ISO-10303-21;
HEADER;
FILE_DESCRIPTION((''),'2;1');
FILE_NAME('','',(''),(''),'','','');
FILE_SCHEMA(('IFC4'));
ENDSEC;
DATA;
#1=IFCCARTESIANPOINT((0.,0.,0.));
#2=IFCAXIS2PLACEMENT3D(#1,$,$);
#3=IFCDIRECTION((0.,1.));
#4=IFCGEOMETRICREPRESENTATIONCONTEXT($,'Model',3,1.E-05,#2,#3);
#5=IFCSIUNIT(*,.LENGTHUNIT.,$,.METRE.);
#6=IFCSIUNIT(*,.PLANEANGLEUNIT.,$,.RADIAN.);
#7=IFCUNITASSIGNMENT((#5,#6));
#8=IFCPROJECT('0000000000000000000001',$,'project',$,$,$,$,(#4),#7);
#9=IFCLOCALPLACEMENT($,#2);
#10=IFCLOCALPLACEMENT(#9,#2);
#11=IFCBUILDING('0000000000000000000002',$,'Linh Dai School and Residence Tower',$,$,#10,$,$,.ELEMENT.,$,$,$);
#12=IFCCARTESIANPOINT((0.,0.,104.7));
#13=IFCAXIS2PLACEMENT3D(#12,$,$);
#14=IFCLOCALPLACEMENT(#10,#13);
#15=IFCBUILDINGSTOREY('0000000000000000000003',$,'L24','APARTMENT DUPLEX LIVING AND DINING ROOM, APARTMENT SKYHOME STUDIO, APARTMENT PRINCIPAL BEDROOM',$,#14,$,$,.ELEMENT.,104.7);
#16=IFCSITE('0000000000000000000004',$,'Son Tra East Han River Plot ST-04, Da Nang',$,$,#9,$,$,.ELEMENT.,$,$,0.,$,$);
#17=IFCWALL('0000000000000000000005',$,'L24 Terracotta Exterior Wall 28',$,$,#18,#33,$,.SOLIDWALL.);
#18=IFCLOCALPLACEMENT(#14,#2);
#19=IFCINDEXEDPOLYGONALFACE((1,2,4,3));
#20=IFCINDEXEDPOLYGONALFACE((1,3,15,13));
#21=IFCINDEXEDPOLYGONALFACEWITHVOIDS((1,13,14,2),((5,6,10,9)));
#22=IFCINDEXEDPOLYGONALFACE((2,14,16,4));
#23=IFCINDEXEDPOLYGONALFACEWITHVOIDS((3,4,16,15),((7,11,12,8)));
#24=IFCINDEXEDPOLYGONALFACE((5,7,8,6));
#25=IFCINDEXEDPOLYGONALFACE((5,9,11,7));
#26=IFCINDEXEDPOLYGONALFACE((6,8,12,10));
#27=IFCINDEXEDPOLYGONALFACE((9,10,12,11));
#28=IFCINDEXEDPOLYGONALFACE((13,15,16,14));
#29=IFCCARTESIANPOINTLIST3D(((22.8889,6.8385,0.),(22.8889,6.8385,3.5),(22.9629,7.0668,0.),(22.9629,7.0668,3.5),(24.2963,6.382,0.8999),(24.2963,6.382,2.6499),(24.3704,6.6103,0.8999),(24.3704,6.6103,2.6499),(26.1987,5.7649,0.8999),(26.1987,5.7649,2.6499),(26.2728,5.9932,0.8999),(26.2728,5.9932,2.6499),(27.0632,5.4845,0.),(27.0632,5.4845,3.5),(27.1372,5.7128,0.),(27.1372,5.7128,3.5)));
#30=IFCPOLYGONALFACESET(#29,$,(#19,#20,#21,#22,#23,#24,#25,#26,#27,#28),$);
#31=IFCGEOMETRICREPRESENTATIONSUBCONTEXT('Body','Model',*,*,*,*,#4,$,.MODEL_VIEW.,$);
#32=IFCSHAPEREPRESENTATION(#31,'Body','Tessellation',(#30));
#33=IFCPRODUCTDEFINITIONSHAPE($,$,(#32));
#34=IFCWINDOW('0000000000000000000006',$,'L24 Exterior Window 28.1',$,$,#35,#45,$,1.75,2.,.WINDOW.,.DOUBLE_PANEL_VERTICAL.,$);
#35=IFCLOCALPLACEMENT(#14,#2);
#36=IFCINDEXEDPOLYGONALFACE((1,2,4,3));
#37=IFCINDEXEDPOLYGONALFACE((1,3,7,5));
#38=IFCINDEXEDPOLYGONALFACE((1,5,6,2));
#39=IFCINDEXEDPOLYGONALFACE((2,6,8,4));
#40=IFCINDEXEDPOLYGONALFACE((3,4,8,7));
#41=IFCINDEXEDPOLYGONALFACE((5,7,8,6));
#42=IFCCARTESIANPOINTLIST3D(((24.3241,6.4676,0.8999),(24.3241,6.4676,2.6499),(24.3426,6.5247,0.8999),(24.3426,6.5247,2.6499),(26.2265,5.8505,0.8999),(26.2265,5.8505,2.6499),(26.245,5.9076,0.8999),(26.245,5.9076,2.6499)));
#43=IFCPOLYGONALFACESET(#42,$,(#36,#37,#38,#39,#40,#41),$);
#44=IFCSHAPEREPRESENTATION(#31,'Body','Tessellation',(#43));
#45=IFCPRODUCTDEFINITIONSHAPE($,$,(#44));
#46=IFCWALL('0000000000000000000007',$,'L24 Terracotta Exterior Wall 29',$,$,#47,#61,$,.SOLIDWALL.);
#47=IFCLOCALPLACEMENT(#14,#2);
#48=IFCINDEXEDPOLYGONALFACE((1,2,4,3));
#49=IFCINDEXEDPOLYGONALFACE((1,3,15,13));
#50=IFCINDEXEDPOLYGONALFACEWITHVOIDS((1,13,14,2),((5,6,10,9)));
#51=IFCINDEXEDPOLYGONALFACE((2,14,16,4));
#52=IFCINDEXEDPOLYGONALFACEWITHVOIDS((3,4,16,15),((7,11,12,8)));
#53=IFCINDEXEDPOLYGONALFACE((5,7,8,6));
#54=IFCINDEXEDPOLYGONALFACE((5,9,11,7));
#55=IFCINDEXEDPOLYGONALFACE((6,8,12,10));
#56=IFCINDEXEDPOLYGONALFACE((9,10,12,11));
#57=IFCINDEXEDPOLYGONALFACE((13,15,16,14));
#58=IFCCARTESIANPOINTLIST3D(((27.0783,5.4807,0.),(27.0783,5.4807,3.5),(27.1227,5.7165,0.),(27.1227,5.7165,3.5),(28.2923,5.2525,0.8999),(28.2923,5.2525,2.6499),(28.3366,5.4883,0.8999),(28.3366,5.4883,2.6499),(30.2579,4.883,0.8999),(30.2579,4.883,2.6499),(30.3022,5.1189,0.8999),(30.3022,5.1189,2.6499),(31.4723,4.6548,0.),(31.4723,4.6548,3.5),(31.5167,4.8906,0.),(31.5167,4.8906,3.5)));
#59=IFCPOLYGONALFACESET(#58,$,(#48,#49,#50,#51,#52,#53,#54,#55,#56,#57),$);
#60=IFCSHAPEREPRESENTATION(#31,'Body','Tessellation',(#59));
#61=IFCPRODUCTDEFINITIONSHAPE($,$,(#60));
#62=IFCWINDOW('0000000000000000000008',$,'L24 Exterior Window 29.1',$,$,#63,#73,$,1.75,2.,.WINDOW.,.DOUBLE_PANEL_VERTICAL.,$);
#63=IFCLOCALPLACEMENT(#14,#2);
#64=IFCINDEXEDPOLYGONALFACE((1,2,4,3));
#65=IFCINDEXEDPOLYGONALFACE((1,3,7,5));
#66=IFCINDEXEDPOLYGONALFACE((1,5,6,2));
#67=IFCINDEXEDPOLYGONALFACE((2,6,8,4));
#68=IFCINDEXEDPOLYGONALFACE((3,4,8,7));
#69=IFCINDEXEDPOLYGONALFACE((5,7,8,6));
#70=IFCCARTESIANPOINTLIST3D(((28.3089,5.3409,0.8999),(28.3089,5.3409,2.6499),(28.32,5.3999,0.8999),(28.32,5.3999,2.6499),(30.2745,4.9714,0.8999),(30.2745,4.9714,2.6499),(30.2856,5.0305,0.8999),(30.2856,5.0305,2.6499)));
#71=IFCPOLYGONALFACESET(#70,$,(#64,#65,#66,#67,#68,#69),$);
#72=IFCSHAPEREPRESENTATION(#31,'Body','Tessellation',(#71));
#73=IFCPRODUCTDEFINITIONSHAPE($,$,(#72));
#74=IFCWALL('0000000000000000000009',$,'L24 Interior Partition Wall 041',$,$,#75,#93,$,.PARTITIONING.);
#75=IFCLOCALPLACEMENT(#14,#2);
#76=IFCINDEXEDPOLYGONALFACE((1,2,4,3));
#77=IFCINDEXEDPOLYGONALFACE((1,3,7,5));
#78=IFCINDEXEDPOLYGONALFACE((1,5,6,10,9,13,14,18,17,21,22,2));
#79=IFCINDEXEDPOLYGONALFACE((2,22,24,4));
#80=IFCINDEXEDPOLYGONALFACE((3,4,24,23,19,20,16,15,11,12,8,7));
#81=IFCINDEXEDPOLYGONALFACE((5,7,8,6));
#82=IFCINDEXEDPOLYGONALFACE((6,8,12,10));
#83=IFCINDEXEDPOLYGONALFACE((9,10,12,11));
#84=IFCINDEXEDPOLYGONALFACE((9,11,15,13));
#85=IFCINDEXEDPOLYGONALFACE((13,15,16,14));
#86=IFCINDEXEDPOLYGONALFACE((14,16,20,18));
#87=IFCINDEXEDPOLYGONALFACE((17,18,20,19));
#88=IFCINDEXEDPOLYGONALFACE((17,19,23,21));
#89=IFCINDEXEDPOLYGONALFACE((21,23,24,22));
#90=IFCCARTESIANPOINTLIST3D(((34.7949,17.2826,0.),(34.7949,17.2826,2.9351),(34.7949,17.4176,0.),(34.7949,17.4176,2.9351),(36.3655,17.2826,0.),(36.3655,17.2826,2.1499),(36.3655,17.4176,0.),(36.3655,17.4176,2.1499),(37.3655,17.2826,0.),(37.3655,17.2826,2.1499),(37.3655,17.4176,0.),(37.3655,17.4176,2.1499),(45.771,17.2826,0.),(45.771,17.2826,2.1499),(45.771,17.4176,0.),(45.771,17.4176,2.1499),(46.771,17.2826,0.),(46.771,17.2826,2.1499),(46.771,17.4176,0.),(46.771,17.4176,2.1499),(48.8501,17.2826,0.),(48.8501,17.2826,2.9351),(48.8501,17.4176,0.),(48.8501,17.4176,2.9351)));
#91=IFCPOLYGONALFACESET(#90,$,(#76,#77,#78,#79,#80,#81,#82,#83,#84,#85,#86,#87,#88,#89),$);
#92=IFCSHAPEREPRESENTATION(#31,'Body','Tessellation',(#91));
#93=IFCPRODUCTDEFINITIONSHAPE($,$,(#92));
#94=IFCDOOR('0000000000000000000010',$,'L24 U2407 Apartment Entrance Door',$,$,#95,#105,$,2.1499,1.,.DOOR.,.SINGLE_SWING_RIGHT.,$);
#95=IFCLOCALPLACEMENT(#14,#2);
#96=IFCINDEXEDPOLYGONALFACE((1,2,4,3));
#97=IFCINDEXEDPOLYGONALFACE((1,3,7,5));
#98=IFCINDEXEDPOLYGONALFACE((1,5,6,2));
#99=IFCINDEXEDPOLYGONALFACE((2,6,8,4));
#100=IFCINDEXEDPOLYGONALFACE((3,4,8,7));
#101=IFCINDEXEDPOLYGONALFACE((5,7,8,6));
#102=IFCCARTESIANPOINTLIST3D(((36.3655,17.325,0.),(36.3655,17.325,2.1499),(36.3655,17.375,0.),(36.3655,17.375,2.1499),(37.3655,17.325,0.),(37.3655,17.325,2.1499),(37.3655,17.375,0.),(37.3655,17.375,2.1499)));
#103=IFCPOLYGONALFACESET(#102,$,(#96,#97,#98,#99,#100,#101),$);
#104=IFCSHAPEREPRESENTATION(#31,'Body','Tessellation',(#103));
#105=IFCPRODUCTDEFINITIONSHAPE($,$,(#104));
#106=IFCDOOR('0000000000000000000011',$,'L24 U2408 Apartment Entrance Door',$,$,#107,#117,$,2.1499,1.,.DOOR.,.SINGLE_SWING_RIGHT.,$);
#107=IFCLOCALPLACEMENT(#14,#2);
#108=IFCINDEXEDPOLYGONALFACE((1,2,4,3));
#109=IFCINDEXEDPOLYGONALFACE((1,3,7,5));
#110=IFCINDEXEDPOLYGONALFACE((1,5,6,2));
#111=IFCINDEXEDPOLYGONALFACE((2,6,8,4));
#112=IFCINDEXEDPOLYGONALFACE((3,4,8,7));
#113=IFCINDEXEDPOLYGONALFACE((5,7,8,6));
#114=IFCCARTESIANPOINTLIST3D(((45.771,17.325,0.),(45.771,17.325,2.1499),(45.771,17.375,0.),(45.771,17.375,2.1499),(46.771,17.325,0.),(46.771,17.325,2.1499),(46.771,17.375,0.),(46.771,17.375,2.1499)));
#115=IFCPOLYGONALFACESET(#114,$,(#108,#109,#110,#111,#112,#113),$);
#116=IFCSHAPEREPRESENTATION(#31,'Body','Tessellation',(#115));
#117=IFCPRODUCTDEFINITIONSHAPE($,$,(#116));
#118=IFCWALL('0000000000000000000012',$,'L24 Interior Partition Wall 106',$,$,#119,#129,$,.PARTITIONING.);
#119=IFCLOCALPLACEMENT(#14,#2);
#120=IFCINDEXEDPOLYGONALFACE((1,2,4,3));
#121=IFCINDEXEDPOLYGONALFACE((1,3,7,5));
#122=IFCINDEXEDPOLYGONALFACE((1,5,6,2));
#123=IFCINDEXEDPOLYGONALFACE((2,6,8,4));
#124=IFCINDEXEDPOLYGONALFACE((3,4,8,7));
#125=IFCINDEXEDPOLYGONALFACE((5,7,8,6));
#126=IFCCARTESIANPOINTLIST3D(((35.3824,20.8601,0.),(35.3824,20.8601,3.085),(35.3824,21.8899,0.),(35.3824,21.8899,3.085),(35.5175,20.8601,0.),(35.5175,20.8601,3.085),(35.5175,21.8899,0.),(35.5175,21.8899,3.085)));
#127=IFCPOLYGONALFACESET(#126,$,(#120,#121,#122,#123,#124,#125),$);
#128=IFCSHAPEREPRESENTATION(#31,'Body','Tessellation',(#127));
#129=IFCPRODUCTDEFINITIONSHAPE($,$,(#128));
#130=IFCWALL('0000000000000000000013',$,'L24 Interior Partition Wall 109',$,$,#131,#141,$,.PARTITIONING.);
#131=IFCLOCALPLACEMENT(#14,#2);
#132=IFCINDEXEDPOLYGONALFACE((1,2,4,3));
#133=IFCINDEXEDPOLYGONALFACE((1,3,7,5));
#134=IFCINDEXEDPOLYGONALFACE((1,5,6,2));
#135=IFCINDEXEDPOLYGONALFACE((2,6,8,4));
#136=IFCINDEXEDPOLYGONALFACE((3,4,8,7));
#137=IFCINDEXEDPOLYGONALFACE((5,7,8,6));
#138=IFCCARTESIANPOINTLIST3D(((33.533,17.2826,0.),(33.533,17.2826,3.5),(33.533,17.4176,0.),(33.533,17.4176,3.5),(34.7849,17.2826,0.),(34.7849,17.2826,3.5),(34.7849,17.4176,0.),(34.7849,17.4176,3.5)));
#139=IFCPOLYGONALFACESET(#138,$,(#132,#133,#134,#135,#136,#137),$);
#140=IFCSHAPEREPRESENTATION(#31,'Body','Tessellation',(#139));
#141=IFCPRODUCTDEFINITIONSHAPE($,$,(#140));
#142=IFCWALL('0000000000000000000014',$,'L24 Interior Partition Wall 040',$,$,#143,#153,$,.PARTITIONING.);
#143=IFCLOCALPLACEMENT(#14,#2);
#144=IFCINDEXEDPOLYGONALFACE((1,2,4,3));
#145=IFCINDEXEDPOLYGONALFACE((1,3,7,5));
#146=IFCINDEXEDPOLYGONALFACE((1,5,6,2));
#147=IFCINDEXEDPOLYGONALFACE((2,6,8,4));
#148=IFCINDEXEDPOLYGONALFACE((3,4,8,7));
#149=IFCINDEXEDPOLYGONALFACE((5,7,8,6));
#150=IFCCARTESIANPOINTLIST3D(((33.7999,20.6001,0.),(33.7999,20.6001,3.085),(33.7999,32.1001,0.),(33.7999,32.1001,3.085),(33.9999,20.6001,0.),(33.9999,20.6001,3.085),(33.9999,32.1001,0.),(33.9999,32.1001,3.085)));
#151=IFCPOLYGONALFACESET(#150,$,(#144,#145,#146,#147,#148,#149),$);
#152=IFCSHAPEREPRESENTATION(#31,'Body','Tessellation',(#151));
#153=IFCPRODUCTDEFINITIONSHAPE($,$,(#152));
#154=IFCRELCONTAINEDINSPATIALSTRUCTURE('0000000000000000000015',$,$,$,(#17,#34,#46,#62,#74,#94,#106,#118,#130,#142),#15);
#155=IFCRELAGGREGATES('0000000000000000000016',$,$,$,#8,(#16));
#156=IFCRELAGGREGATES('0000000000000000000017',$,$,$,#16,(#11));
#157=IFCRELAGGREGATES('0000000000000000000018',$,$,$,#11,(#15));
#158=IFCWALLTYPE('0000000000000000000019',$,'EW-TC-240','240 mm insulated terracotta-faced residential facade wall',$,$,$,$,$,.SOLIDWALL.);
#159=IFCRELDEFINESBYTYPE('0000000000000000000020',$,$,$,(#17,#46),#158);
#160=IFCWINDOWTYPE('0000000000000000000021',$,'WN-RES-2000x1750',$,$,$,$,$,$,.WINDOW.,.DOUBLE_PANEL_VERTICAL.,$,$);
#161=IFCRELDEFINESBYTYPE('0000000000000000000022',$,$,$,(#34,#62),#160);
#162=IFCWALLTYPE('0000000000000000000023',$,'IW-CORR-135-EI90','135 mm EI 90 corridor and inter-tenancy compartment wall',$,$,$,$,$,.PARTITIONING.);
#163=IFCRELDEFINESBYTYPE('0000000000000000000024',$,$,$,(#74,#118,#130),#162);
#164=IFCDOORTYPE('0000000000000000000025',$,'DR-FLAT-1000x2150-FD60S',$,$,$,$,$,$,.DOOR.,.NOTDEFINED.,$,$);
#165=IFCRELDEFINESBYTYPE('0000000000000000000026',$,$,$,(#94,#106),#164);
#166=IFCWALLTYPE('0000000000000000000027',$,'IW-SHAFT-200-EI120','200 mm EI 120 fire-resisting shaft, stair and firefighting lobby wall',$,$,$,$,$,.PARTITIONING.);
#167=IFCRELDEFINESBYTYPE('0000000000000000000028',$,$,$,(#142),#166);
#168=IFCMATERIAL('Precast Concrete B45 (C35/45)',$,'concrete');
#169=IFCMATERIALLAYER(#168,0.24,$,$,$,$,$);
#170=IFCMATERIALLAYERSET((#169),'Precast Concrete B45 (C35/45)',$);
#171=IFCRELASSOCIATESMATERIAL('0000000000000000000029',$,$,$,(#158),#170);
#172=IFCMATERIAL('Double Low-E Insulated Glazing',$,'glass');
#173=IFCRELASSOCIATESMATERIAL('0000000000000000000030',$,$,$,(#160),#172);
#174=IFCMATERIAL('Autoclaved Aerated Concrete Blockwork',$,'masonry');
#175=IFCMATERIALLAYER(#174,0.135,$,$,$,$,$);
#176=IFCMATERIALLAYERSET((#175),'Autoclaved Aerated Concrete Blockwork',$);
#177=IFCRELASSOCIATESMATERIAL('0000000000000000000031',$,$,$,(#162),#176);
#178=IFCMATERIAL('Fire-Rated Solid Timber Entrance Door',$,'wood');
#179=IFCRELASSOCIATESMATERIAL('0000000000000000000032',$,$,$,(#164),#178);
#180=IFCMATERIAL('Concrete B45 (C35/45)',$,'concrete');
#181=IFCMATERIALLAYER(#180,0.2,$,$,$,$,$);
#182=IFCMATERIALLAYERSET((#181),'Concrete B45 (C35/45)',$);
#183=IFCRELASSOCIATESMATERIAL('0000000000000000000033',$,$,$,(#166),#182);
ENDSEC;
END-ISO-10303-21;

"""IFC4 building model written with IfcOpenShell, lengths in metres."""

from ifc_helpers import new_model, si_unit, direction, frame, frame_2d, origin, origin_2d, place, context, subcontext, project, spatial, rectangle, extrude, source, transform, mapped, material, layer, layer_set, type_object, element, fill, save


model = new_model("IFC4")

# Units and contexts
model_context = context("Model", 3, precision=1e-05, world=origin(), true_north=direction((0.0, 1.0)))
body_context = subcontext(model_context, "Body", "Model", "MODEL_VIEW")
ifc_project = project(units=[si_unit("LENGTHUNIT", "METRE"), si_unit("PLANEANGLEUNIT", "RADIAN")], contexts=[model_context])

# Site, building, storey
site_placement = place(None, origin())
site = spatial("IfcSite", under=ifc_project, at=site_placement, Name="Son Tra East Han River Plot ST-04, Da Nang", CompositionType="ELEMENT", RefElevation=0.0)
building_placement = place(site_placement, origin())
building = spatial("IfcBuilding", under=site, at=building_placement, Name="Linh Dai School and Residence Tower", CompositionType="ELEMENT")
storey_placement = place(building_placement, frame((0.0, 0.0, 104.7)))
storey = spatial("IfcBuildingStorey", under=building, at=storey_placement, Name="L24", Description="APARTMENT DUPLEX LIVING AND DINING ROOM, APARTMENT SKYHOME STUDIO, APARTMENT PRINCIPAL BEDROOM", CompositionType="ELEMENT", Elevation=104.7)

# Shared definitions
ifc_material_1 = material(Name="Precast Concrete B45 (C35/45)", Category="concrete")

# Walls, openings, windows
ifc_layer_1 = layer(ifc_material_1, 0.24)
ifc_layer_set_1 = layer_set([ifc_layer_1], Name="Precast Concrete B45 (C35/45)")
wall_type_1 = type_object("IfcWallType", Name="EW-TC-240", Description="240 mm insulated terracotta-faced residential facade wall", PredefinedType="SOLIDWALL", material=ifc_layer_set_1)
wall_1_placement = place(storey_placement, frame((27.1003, 5.5986, 0.0), z_axis=(0.0, 0.0, 1.0), x_axis=(-0.951211, 0.30854, 0.0)))
wall_1 = element("IfcWall", 1, at=wall_1_placement, inside=storey, type_object=wall_type_1, Name="L24 Terracotta Exterior Wall 28", PredefinedType="SOLIDWALL", context=body_context, shape_type="SweptSolid", body=[
    extrude(rectangle(XDim=4.3884, YDim=0.24, at=frame_2d((2.1943, 0.0))), origin(), (0.0, 0.0, 1.0), 3.5),
])
opening_1_placement = place(wall_1_placement, frame((0.9089, 0.0, 0.8999)))
opening_1 = element("IfcOpeningElement", 2, at=opening_1_placement, cuts=wall_1, PredefinedType="OPENING", context=body_context, shape_type="SweptSolid", body=[
    extrude(rectangle(XDim=2.0, YDim=1.75, at=origin_2d()), frame((1.0, 0.1299, 0.875), z_axis=(0.0, -1.0, 0.0), x_axis=(1.0, 0.0, 0.0)), (0.0, 0.0, 1.0), 0.26),
])
ifc_material_2 = material(Name="Double Low-E Insulated Glazing", Category="glass")
window_type = type_object("IfcWindowType", Name="WN-RES-2000x1750", PartitioningType="DOUBLE_PANEL_VERTICAL", PredefinedType="WINDOW", material=ifc_material_2)
shared_shape_1 = source(origin(), body_context, "Body", "SweptSolid", [
    extrude(rectangle(XDim=2.0, YDim=1.75, at=origin_2d()), frame((1.0, 0.03, 0.875), z_axis=(0.0, -1.0, 0.0), x_axis=(1.0, 0.0, 0.0)), (0.0, 0.0, 1.0), 0.0601),
])
window_1_placement = place(opening_1_placement, origin())
window_1 = element("IfcWindow", 3, at=window_1_placement, inside=storey, type_object=window_type, Name="L24 Exterior Window 28.1", OverallHeight=1.75, OverallWidth=2.0, PartitioningType="DOUBLE_PANEL_VERTICAL", PredefinedType="WINDOW", context=body_context, shape_type="MappedRepresentation", body=[
    mapped(shared_shape_1, transform((0.0, 0.0, 0.0), x_axis=(1.0, 0.0, 0.0), y_axis=(0.0, 1.0, 0.0), z_axis=(0.0, 0.0, 1.0), scale=1.0)),
])
fill(opening_1, window_1)
wall_2_placement = place(storey_placement, frame((31.4944, 4.7727, 0.0), z_axis=(0.0, 0.0, 1.0), x_axis=(-0.982789, 0.18473, 0.0)))
wall_2 = element("IfcWall", 4, at=wall_2_placement, inside=storey, type_object=wall_type_1, Name="L24 Terracotta Exterior Wall 29", PredefinedType="SOLIDWALL", context=body_context, shape_type="SweptSolid", body=[
    extrude(rectangle(XDim=4.4709, YDim=0.24, at=frame_2d((2.2354, 0.0))), origin(), (0.0, 0.0, 1.0), 3.5),
])
opening_2_placement = place(wall_2_placement, frame((1.2356, 0.0, 0.8999)))
opening_2 = element("IfcOpeningElement", 5, at=opening_2_placement, cuts=wall_2, PredefinedType="OPENING", context=body_context, shape_type="SweptSolid", body=[
    extrude(rectangle(XDim=2.0, YDim=1.75, at=origin_2d()), frame((1.0, 0.1299, 0.875), z_axis=(0.0, -1.0, 0.0), x_axis=(1.0, 0.0, 0.0)), (0.0, 0.0, 1.0), 0.26),
])
window_2_placement = place(opening_2_placement, origin())
window_2 = element("IfcWindow", 6, at=window_2_placement, inside=storey, type_object=window_type, Name="L24 Exterior Window 29.1", OverallHeight=1.75, OverallWidth=2.0, PartitioningType="DOUBLE_PANEL_VERTICAL", PredefinedType="WINDOW", context=body_context, shape_type="MappedRepresentation", body=[
    mapped(shared_shape_1, transform((0.0, 0.0, 0.0), x_axis=(1.0, 0.0, 0.0), y_axis=(0.0, 1.0, 0.0), z_axis=(0.0, 0.0, 1.0), scale=1.0)),
])
fill(opening_2, window_2)

# Wall, openings, doors
ifc_material_3 = material(Name="Autoclaved Aerated Concrete Blockwork", Category="masonry")
ifc_layer_2 = layer(ifc_material_3, 0.135)
ifc_layer_set_2 = layer_set([ifc_layer_2], Name="Autoclaved Aerated Concrete Blockwork")
wall_type_2 = type_object("IfcWallType", Name="IW-CORR-135-EI90", Description="135 mm EI 90 corridor and inter-tenancy compartment wall", PredefinedType="PARTITIONING", material=ifc_layer_set_2)
wall_3_placement = place(storey_placement, frame((34.7949, 17.3501, 0.0), z_axis=(0.0, 0.0, 1.0), x_axis=(1.0, 0.0, 0.0)))
wall_3 = element("IfcWall", 7, at=wall_3_placement, inside=storey, type_object=wall_type_2, Name="L24 Interior Partition Wall 041", PredefinedType="PARTITIONING", context=body_context, shape_type="SweptSolid", body=[
    extrude(rectangle(XDim=14.0552, YDim=0.135, at=frame_2d((7.0276, 0.0))), origin(), (0.0, 0.0, 1.0), 2.9351),
])
opening_3_placement = place(wall_3_placement, frame((1.5706, 0.0, 0.0)))
opening_3 = element("IfcOpeningElement", 8, at=opening_3_placement, cuts=wall_3, PredefinedType="OPENING", context=body_context, shape_type="SweptSolid", body=[
    extrude(rectangle(XDim=1.0, YDim=2.1499, at=origin_2d()), frame((0.5, 0.0776, 1.075), z_axis=(0.0, -1.0, 0.0), x_axis=(1.0, 0.0, 0.0)), (0.0, 0.0, 1.0), 0.155),
])
opening_4_placement = place(wall_3_placement, frame((10.9761, 0.0, 0.0)))
opening_4 = element("IfcOpeningElement", 9, at=opening_4_placement, cuts=wall_3, PredefinedType="OPENING", context=body_context, shape_type="SweptSolid", body=[
    extrude(rectangle(XDim=1.0, YDim=2.1499, at=origin_2d()), frame((0.5, 0.0776, 1.075), z_axis=(0.0, -1.0, 0.0), x_axis=(1.0, 0.0, 0.0)), (0.0, 0.0, 1.0), 0.155),
])
ifc_material_4 = material(Name="Fire-Rated Solid Timber Entrance Door", Category="wood")
door_type_1 = type_object("IfcDoorType", Name="DR-FLAT-1000x2150-FD60S", OperationType="NOTDEFINED", PredefinedType="DOOR", material=ifc_material_4)
shared_shape_2 = source(origin(), body_context, "Body", "SweptSolid", [
    extrude(rectangle(XDim=1.0, YDim=2.1499, at=origin_2d()), frame((0.5, 0.0249, 1.075), z_axis=(0.0, -1.0, 0.0), x_axis=(1.0, 0.0, 0.0)), (0.0, 0.0, 1.0), 0.05),
])
door_1_placement = place(opening_3_placement, origin())
door_1 = element("IfcDoor", 10, at=door_1_placement, inside=storey, type_object=door_type_1, Name="L24 U2407 Apartment Entrance Door", OperationType="SINGLE_SWING_RIGHT", OverallHeight=2.1499, OverallWidth=1.0, PredefinedType="DOOR", context=body_context, shape_type="MappedRepresentation", body=[
    mapped(shared_shape_2, transform((0.0, 0.0, 0.0), x_axis=(1.0, 0.0, 0.0), y_axis=(0.0, 1.0, 0.0), z_axis=(0.0, 0.0, 1.0), scale=1.0)),
])
fill(opening_3, door_1)
door_2_placement = place(opening_4_placement, origin())
door_2 = element("IfcDoor", 11, at=door_2_placement, inside=storey, type_object=door_type_1, Name="L24 U2408 Apartment Entrance Door", OperationType="SINGLE_SWING_RIGHT", OverallHeight=2.1499, OverallWidth=1.0, PredefinedType="DOOR", context=body_context, shape_type="MappedRepresentation", body=[
    mapped(shared_shape_2, transform((0.0, 0.0, 0.0), x_axis=(1.0, 0.0, 0.0), y_axis=(0.0, 1.0, 0.0), z_axis=(0.0, 0.0, 1.0), scale=1.0)),
])
fill(opening_4, door_2)

# Walls
wall_4_placement = place(storey_placement, frame((35.45, 21.8899, 0.0), z_axis=(0.0, 0.0, 1.0), x_axis=(0.0, -1.0, 0.0)))
element("IfcWall", 12, at=wall_4_placement, inside=storey, type_object=wall_type_2, Name="L24 Interior Partition Wall 106", PredefinedType="PARTITIONING", context=body_context, shape_type="SweptSolid", body=[
    extrude(rectangle(XDim=1.0298, YDim=0.135, at=frame_2d((0.5149, 0.0))), origin(), (0.0, 0.0, 1.0), 3.085),
])
wall_5_placement = place(storey_placement, frame((34.7849, 17.3501, 0.0), z_axis=(0.0, 0.0, 1.0), x_axis=(-1.0, 0.0, 0.0)))
element("IfcWall", 13, at=wall_5_placement, inside=storey, type_object=wall_type_2, Name="L24 Interior Partition Wall 109", PredefinedType="PARTITIONING", context=body_context, shape_type="SweptSolid", body=[
    extrude(rectangle(XDim=1.252, YDim=0.135, at=frame_2d((0.626, 0.0))), origin(), (0.0, 0.0, 1.0), 3.5),
])
ifc_material_5 = material(Name="Concrete B45 (C35/45)", Category="concrete")
ifc_layer_3 = layer(ifc_material_5, 0.2)
ifc_layer_set_3 = layer_set([ifc_layer_3], Name="Concrete B45 (C35/45)")
wall_type_3 = type_object("IfcWallType", Name="IW-SHAFT-200-EI120", Description="200 mm EI 120 fire-resisting shaft, stair and firefighting lobby wall", PredefinedType="PARTITIONING", material=ifc_layer_set_3)
wall_6_placement = place(storey_placement, frame((33.8999, 20.6001, 0.0), z_axis=(0.0, 0.0, 1.0), x_axis=(0.0, 1.0, 0.0)))
element("IfcWall", 14, at=wall_6_placement, inside=storey, type_object=wall_type_3, Name="L24 Interior Partition Wall 040", PredefinedType="PARTITIONING", context=body_context, shape_type="SweptSolid", body=[
    extrude(rectangle(XDim=11.5, YDim=0.2, at=frame_2d((5.75, 0.0))), origin(), (0.0, 0.0, 1.0), 3.085),
])

save(model, "model.ifc")
